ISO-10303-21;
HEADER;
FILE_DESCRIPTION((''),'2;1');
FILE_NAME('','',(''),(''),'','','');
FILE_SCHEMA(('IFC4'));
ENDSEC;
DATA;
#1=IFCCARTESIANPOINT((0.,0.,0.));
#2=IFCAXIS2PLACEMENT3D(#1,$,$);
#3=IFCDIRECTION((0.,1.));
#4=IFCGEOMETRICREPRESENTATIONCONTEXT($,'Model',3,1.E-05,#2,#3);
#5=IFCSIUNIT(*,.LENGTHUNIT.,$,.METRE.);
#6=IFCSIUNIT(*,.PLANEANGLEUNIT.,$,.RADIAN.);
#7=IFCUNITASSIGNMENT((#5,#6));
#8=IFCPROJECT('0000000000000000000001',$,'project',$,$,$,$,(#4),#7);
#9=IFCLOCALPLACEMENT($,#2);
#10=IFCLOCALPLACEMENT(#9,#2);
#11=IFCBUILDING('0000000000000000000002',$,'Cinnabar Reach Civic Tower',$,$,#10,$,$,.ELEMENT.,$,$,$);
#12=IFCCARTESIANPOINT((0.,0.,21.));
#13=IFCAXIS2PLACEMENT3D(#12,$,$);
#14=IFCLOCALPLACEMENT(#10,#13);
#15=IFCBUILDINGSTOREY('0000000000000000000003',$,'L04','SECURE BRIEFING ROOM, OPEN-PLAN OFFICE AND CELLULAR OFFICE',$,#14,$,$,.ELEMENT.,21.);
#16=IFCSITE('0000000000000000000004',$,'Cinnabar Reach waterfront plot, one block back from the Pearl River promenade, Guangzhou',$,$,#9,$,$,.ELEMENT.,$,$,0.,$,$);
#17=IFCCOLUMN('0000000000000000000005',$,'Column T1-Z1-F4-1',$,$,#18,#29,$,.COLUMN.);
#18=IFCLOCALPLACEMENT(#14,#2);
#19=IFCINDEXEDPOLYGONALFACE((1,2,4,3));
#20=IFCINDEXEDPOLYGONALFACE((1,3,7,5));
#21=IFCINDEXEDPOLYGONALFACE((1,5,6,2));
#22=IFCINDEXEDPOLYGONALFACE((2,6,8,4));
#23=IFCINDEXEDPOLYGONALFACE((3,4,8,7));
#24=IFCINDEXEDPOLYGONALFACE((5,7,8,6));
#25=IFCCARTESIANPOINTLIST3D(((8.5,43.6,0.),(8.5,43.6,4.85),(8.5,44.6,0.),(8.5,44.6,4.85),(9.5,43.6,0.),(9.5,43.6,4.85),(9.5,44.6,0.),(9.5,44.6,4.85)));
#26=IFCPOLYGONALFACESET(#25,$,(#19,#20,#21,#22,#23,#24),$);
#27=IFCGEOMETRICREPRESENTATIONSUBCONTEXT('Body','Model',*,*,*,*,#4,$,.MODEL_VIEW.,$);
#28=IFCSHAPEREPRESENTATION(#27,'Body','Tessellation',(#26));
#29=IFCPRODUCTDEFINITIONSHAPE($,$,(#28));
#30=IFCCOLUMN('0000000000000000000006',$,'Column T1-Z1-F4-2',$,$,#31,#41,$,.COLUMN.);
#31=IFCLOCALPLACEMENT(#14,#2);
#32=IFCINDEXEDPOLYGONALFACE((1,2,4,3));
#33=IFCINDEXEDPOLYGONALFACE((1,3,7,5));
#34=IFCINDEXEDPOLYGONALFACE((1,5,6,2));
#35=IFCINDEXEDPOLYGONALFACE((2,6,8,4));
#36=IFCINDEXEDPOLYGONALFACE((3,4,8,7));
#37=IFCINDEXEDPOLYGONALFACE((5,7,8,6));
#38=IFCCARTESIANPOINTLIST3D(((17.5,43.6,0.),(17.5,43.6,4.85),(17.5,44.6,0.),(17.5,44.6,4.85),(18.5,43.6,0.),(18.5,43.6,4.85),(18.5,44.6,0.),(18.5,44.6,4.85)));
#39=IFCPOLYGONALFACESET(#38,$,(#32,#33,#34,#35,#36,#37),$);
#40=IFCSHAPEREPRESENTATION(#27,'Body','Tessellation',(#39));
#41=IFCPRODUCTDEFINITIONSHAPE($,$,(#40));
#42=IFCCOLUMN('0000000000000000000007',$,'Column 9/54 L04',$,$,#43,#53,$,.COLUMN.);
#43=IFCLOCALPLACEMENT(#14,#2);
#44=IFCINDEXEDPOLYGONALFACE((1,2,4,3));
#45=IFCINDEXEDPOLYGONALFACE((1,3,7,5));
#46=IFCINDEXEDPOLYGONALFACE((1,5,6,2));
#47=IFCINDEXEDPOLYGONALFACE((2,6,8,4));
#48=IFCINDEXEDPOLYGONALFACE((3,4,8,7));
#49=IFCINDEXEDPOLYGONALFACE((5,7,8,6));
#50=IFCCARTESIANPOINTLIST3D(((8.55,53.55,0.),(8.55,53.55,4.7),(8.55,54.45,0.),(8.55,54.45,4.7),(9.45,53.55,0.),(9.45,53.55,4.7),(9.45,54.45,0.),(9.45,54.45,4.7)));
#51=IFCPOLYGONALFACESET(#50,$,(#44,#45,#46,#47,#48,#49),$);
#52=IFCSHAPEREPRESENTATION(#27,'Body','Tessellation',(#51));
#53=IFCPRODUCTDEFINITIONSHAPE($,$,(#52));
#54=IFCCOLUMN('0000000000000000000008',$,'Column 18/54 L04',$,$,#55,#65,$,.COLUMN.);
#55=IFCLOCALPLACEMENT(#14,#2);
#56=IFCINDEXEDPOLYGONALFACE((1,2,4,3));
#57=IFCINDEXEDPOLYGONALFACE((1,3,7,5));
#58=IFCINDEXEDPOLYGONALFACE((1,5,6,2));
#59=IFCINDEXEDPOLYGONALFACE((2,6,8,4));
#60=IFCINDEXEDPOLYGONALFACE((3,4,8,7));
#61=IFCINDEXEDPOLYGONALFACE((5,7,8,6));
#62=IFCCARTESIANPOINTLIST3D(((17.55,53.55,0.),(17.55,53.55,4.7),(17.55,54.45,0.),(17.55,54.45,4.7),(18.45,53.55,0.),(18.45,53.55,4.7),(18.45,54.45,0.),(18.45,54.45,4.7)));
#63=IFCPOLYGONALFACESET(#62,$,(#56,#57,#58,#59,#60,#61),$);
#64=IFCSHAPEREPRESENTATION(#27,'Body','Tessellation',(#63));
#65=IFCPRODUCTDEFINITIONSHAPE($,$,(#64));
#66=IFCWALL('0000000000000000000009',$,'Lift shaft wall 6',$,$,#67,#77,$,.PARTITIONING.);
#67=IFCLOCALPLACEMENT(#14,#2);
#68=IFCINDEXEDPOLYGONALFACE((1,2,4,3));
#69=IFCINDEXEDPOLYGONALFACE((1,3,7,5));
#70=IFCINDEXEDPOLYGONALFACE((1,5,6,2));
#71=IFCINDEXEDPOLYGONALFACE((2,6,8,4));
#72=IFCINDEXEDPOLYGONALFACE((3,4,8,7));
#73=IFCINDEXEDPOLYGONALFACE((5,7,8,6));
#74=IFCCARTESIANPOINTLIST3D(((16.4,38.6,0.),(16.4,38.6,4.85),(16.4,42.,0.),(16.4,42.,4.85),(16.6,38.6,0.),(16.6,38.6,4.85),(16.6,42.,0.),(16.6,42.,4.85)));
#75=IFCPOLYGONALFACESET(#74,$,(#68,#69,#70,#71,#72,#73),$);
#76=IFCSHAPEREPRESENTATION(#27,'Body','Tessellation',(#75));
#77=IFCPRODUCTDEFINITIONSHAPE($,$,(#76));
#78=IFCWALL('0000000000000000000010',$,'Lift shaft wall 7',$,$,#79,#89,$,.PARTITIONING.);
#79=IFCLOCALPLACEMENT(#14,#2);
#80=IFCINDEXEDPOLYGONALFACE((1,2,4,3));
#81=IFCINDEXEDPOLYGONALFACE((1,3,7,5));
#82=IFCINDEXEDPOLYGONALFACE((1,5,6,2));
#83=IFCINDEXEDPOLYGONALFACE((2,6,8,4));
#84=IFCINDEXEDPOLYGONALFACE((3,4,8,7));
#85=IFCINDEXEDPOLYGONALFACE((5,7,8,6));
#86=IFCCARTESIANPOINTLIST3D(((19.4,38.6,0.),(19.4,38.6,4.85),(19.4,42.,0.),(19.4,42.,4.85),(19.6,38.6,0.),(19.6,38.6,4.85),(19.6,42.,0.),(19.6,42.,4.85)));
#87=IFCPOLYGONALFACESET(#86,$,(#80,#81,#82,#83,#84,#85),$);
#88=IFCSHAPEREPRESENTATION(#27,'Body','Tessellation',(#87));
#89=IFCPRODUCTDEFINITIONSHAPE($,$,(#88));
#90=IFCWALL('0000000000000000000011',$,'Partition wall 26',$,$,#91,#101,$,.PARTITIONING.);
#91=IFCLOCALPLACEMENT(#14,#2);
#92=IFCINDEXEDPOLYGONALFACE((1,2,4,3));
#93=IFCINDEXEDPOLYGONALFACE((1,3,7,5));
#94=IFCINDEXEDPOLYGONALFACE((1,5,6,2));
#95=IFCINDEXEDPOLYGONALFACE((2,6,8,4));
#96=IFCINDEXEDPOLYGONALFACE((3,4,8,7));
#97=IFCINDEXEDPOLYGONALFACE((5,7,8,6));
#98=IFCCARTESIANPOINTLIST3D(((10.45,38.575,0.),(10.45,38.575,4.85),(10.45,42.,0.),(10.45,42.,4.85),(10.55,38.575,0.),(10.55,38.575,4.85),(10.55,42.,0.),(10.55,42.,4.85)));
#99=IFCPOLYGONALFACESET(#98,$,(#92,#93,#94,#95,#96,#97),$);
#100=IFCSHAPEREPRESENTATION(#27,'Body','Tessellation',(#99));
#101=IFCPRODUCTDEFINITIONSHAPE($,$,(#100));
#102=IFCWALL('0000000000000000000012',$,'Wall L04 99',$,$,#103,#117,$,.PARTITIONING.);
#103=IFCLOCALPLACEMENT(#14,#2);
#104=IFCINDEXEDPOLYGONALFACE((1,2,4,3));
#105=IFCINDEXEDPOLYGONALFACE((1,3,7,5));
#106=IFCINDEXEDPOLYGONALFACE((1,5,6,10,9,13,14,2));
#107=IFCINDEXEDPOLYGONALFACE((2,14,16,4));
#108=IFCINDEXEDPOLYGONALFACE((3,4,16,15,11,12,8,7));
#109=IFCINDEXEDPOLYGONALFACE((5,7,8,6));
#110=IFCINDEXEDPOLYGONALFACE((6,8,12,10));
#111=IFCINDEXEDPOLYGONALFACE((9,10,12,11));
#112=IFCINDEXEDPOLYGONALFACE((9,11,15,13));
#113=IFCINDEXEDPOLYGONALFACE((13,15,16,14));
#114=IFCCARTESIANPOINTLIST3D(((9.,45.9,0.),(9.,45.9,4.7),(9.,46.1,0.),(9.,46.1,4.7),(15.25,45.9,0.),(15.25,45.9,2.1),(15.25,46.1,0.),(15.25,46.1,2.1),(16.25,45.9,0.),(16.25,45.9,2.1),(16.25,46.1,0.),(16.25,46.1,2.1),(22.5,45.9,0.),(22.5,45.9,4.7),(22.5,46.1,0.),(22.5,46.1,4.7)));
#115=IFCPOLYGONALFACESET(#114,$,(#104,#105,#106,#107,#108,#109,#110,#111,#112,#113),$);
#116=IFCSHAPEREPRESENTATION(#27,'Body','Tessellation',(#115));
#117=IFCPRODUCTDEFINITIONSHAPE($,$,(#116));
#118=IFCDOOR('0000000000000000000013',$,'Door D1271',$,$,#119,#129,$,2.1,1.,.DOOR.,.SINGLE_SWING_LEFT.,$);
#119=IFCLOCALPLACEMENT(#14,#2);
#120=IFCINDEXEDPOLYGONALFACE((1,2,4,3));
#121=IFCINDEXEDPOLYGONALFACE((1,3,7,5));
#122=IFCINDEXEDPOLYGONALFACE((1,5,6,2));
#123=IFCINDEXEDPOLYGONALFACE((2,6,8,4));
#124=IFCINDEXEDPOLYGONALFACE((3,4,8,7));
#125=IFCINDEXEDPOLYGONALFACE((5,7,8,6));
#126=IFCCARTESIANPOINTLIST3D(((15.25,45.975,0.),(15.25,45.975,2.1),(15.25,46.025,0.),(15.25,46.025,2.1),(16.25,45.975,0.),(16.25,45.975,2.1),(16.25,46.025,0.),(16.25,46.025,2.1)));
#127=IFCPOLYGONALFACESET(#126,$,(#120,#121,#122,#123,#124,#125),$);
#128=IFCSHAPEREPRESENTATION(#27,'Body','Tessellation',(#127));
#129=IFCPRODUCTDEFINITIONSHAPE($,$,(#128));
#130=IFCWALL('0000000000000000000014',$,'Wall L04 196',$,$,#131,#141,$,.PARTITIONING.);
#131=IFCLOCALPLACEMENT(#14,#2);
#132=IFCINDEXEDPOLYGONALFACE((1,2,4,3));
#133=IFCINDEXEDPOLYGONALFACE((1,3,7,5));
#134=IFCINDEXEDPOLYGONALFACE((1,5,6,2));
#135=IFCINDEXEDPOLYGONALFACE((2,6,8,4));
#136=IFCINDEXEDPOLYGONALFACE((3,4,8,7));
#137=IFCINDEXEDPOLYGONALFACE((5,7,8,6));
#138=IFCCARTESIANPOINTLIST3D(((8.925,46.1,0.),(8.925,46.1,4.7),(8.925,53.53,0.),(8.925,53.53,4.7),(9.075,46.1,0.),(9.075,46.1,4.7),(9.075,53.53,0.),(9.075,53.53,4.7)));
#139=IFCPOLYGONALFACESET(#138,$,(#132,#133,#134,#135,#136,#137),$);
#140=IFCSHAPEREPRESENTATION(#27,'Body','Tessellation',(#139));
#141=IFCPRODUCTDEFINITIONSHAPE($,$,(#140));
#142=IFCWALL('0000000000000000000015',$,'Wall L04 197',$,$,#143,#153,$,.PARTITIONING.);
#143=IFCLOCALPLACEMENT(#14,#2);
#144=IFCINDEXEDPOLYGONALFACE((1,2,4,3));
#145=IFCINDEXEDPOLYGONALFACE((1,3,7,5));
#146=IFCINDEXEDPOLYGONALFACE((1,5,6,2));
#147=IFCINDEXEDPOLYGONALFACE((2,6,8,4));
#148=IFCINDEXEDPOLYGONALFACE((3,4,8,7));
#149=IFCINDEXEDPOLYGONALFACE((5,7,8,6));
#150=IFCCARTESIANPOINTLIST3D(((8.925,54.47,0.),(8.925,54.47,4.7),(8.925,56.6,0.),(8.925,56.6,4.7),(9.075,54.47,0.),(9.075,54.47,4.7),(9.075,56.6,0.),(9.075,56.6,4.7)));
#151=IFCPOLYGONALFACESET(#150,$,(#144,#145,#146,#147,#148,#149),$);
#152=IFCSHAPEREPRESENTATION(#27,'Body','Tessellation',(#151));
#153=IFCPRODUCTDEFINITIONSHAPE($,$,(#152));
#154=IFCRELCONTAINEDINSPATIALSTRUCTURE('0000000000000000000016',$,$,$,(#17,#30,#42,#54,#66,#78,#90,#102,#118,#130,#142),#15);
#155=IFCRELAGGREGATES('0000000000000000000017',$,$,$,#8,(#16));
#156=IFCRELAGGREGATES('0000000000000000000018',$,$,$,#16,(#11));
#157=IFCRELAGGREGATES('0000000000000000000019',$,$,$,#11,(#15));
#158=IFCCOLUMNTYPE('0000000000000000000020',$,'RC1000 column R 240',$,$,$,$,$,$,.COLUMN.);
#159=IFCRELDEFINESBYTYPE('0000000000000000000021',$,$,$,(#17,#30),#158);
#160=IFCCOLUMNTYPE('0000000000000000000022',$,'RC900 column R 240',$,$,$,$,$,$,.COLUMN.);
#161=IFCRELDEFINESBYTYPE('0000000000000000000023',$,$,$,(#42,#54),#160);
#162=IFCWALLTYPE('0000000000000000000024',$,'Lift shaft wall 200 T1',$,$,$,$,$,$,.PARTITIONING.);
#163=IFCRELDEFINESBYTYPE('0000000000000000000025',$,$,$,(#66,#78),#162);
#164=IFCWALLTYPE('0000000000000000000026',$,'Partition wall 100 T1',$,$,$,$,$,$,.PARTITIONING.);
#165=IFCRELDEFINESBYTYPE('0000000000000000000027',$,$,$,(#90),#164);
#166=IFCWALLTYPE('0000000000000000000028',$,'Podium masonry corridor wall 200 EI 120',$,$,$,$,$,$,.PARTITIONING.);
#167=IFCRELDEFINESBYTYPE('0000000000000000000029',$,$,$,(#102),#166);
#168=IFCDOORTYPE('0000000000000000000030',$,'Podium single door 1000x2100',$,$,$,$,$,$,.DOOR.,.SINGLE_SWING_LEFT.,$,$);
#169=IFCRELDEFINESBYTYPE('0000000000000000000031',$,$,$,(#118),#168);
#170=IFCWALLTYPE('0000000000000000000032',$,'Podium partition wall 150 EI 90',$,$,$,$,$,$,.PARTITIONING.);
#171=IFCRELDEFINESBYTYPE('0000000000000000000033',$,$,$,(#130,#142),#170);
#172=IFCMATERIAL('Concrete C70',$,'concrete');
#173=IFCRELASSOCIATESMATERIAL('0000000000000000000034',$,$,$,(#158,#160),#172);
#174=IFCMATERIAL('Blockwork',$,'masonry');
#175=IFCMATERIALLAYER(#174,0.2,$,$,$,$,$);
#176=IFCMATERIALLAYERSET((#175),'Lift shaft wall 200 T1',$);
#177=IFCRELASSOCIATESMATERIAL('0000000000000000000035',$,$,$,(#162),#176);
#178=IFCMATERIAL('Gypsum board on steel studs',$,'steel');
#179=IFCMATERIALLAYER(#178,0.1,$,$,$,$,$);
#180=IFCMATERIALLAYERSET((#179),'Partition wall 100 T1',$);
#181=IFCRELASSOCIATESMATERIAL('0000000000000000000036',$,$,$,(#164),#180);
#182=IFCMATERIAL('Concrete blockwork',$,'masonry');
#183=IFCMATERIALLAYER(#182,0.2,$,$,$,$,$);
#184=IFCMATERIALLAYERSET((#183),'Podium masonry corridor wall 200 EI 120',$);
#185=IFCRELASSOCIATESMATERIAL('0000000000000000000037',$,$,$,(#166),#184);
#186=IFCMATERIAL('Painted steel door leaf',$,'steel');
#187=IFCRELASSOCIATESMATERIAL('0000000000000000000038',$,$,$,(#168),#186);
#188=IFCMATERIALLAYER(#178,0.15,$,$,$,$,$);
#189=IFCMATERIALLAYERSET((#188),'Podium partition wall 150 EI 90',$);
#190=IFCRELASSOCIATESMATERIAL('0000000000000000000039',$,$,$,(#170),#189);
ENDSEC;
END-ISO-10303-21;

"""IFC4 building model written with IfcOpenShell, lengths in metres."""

from ifc_helpers import new_model, si_unit, direction, frame, frame_2d, origin, origin_2d, place, context, subcontext, project, spatial, rectangle, extrude, material, layer, layer_set, material_profile, profile_set, type_object, element, fill, save


model = new_model("IFC4")

# Units and contexts
model_context = context("Model", 3, precision=1e-05, world=origin(), true_north=direction((0.0, 1.0)))
body_context = subcontext(model_context, "Body", "Model", "MODEL_VIEW")
ifc_project = project(units=[si_unit("LENGTHUNIT", "METRE"), si_unit("PLANEANGLEUNIT", "RADIAN")], contexts=[model_context])

# Site, building, storey
site_placement = place(None, origin())
site = spatial("IfcSite", under=ifc_project, at=site_placement, Name="Cinnabar Reach waterfront plot, one block back from the Pearl River promenade, Guangzhou", CompositionType="ELEMENT", RefElevation=0.0)
building_placement = place(site_placement, origin())
building = spatial("IfcBuilding", under=site, at=building_placement, Name="Cinnabar Reach Civic Tower", CompositionType="ELEMENT")
storey_placement = place(building_placement, frame((0.0, 0.0, 21.0)))
storey = spatial("IfcBuildingStorey", under=building, at=storey_placement, Name="L04", Description="SECURE BRIEFING ROOM, OPEN-PLAN OFFICE AND CELLULAR OFFICE", CompositionType="ELEMENT", Elevation=21.0)

# Columns
ifc_material_1 = material(Name="Concrete C70", Category="concrete")
ifc_material_profile_1 = material_profile(ifc_material_1, rectangle(XDim=1.0, YDim=1.0, at=origin_2d()), Name="RC1000")
ifc_profile_set_1 = profile_set([ifc_material_profile_1], Name="Concrete C70")
column_type_1 = type_object("IfcColumnType", Name="RC1000 column R 240", PredefinedType="COLUMN", material=ifc_profile_set_1)
for number, where, z_axis, x_axis, name in (
    (1, (9.0, 44.1, 0.0), (0.0, 0.0, 1.0), (1.0, 0.0, 0.0), "Column T1-Z1-F4-1"),
    (2, (18.0, 44.1, 0.0), (0.0, 0.0, 1.0), (1.0, 0.0, 0.0), "Column T1-Z1-F4-2"),
):
    element("IfcColumn", number, at=place(storey_placement, frame(where, z_axis=z_axis, x_axis=x_axis)), inside=storey, type_object=column_type_1, Name=name, PredefinedType="COLUMN", context=body_context, shape_type="SweptSolid", body=[
        extrude(rectangle(XDim=1.0, YDim=1.0, at=origin_2d()), origin(), (0.0, 0.0, 1.0), 4.85),
    ])
ifc_material_profile_2 = material_profile(ifc_material_1, rectangle(XDim=0.9, YDim=0.9, at=origin_2d()), Name="RC900")
ifc_profile_set_2 = profile_set([ifc_material_profile_2], Name="Concrete C70")
column_type_2 = type_object("IfcColumnType", Name="RC900 column R 240", PredefinedType="COLUMN", material=ifc_profile_set_2)
for number, where, z_axis, x_axis, name in (
    (3, (9.0, 54.0, 0.0), (0.0, 0.0, 1.0), (1.0, 0.0, 0.0), "Column 9/54 L04"),
    (4, (18.0, 54.0, 0.0), (0.0, 0.0, 1.0), (1.0, 0.0, 0.0), "Column 18/54 L04"),
):
    element("IfcColumn", number, at=place(storey_placement, frame(where, z_axis=z_axis, x_axis=x_axis)), inside=storey, type_object=column_type_2, Name=name, PredefinedType="COLUMN", context=body_context, shape_type="SweptSolid", body=[
        extrude(rectangle(XDim=0.9, YDim=0.9, at=origin_2d()), origin(), (0.0, 0.0, 1.0), 4.7),
    ])

# Walls
ifc_material_2 = material(Name="Blockwork", Category="masonry")
ifc_layer_1 = layer(ifc_material_2, 0.2)
ifc_layer_set_1 = layer_set([ifc_layer_1], Name="Lift shaft wall 200 T1")
wall_type_1 = type_object("IfcWallType", Name="Lift shaft wall 200 T1", PredefinedType="PARTITIONING", material=ifc_layer_set_1)
for number, where, z_axis, x_axis, name in (
    (5, (16.5, 38.6, 0.0), (0.0, 0.0, 1.0), (0.0, 1.0, 0.0), "Lift shaft wall 6"),
    (6, (19.5, 38.6, 0.0), (0.0, 0.0, 1.0), (0.0, 1.0, 0.0), "Lift shaft wall 7"),
):
    element("IfcWall", number, at=place(storey_placement, frame(where, z_axis=z_axis, x_axis=x_axis)), inside=storey, type_object=wall_type_1, Name=name, PredefinedType="PARTITIONING", context=body_context, shape_type="SweptSolid", body=[
        extrude(rectangle(XDim=3.4, YDim=0.2, at=frame_2d((1.7, 0.0))), origin(), (0.0, 0.0, 1.0), 4.85),
    ])
ifc_material_3 = material(Name="Gypsum board on steel studs", Category="steel")
ifc_layer_2 = layer(ifc_material_3, 0.1)
ifc_layer_set_2 = layer_set([ifc_layer_2], Name="Partition wall 100 T1")
wall_type_2 = type_object("IfcWallType", Name="Partition wall 100 T1", PredefinedType="PARTITIONING", material=ifc_layer_set_2)
wall_1_placement = place(storey_placement, frame((10.5, 38.575, 0.0), z_axis=(0.0, 0.0, 1.0), x_axis=(0.0, 1.0, 0.0)))
element("IfcWall", 7, at=wall_1_placement, inside=storey, type_object=wall_type_2, Name="Partition wall 26", PredefinedType="PARTITIONING", context=body_context, shape_type="SweptSolid", body=[
    extrude(rectangle(XDim=3.425, YDim=0.1, at=frame_2d((1.7125, 0.0))), origin(), (0.0, 0.0, 1.0), 4.85),
])

# Wall, opening, door
ifc_material_4 = material(Name="Concrete blockwork", Category="masonry")
ifc_layer_3 = layer(ifc_material_4, 0.2)
ifc_layer_set_3 = layer_set([ifc_layer_3], Name="Podium masonry corridor wall 200 EI 120")
wall_type_3 = type_object("IfcWallType", Name="Podium masonry corridor wall 200 EI 120", PredefinedType="PARTITIONING", material=ifc_layer_set_3)
wall_2_placement = place(storey_placement, frame((9.0, 46.0, 0.0), z_axis=(0.0, 0.0, 1.0), x_axis=(1.0, 0.0, 0.0)))
wall_2 = element("IfcWall", 8, at=wall_2_placement, inside=storey, type_object=wall_type_3, Name="Wall L04 99", PredefinedType="PARTITIONING", context=body_context, shape_type="SweptSolid", body=[
    extrude(rectangle(XDim=13.5, YDim=0.2, at=frame_2d((6.75, 0.0))), origin(), (0.0, 0.0, 1.0), 4.7),
])
opening_1_placement = place(wall_2_placement, frame((6.25, 0.0, 0.0)))
opening_1 = element("IfcOpeningElement", 9, at=opening_1_placement, cuts=wall_2, PredefinedType="OPENING", context=body_context, shape_type="SweptSolid", body=[
    extrude(rectangle(XDim=1.0, YDim=2.1, at=frame_2d((0.5, 1.05))), frame((0.0, 0.11, 0.0), z_axis=(0.0, -1.0, 0.0), x_axis=(1.0, 0.0, 0.0)), (0.0, 0.0, 1.0), 0.22),
])
ifc_material_5 = material(Name="Painted steel door leaf", Category="steel")
door_type_1 = type_object("IfcDoorType", Name="Podium single door 1000x2100", OperationType="SINGLE_SWING_LEFT", PredefinedType="DOOR", material=ifc_material_5)
door_1_placement = place(opening_1_placement, origin())
door_1 = element("IfcDoor", 10, at=door_1_placement, inside=storey, type_object=door_type_1, Name="Door D1271", OperationType="SINGLE_SWING_LEFT", OverallHeight=2.1, OverallWidth=1.0, PredefinedType="DOOR", context=body_context, shape_type="SweptSolid", body=[
    extrude(rectangle(XDim=1.0, YDim=2.1, at=frame_2d((0.5, 1.05))), frame((0.0, 0.025, 0.0), z_axis=(0.0, -1.0, 0.0), x_axis=(1.0, 0.0, 0.0)), (0.0, 0.0, 1.0), 0.05),
])
fill(opening_1, door_1)

# Walls
ifc_layer_4 = layer(ifc_material_3, 0.15)
ifc_layer_set_4 = layer_set([ifc_layer_4], Name="Podium partition wall 150 EI 90")
wall_type_4 = type_object("IfcWallType", Name="Podium partition wall 150 EI 90", PredefinedType="PARTITIONING", material=ifc_layer_set_4)
wall_3_placement = place(storey_placement, frame((9.0, 46.1, 0.0), z_axis=(0.0, 0.0, 1.0), x_axis=(0.0, 1.0, 0.0)))
element("IfcWall", 11, at=wall_3_placement, inside=storey, type_object=wall_type_4, Name="Wall L04 196", PredefinedType="PARTITIONING", context=body_context, shape_type="SweptSolid", body=[
    extrude(rectangle(XDim=7.43, YDim=0.15, at=frame_2d((3.715, 0.0))), origin(), (0.0, 0.0, 1.0), 4.7),
])
wall_4_placement = place(storey_placement, frame((9.0, 54.47, 0.0), z_axis=(0.0, 0.0, 1.0), x_axis=(0.0, 1.0, 0.0)))
element("IfcWall", 12, at=wall_4_placement, inside=storey, type_object=wall_type_4, Name="Wall L04 197", PredefinedType="PARTITIONING", context=body_context, shape_type="SweptSolid", body=[
    extrude(rectangle(XDim=2.13, YDim=0.15, at=frame_2d((1.065, 0.0))), origin(), (0.0, 0.0, 1.0), 4.7),
])

save(model, "model.ifc")
